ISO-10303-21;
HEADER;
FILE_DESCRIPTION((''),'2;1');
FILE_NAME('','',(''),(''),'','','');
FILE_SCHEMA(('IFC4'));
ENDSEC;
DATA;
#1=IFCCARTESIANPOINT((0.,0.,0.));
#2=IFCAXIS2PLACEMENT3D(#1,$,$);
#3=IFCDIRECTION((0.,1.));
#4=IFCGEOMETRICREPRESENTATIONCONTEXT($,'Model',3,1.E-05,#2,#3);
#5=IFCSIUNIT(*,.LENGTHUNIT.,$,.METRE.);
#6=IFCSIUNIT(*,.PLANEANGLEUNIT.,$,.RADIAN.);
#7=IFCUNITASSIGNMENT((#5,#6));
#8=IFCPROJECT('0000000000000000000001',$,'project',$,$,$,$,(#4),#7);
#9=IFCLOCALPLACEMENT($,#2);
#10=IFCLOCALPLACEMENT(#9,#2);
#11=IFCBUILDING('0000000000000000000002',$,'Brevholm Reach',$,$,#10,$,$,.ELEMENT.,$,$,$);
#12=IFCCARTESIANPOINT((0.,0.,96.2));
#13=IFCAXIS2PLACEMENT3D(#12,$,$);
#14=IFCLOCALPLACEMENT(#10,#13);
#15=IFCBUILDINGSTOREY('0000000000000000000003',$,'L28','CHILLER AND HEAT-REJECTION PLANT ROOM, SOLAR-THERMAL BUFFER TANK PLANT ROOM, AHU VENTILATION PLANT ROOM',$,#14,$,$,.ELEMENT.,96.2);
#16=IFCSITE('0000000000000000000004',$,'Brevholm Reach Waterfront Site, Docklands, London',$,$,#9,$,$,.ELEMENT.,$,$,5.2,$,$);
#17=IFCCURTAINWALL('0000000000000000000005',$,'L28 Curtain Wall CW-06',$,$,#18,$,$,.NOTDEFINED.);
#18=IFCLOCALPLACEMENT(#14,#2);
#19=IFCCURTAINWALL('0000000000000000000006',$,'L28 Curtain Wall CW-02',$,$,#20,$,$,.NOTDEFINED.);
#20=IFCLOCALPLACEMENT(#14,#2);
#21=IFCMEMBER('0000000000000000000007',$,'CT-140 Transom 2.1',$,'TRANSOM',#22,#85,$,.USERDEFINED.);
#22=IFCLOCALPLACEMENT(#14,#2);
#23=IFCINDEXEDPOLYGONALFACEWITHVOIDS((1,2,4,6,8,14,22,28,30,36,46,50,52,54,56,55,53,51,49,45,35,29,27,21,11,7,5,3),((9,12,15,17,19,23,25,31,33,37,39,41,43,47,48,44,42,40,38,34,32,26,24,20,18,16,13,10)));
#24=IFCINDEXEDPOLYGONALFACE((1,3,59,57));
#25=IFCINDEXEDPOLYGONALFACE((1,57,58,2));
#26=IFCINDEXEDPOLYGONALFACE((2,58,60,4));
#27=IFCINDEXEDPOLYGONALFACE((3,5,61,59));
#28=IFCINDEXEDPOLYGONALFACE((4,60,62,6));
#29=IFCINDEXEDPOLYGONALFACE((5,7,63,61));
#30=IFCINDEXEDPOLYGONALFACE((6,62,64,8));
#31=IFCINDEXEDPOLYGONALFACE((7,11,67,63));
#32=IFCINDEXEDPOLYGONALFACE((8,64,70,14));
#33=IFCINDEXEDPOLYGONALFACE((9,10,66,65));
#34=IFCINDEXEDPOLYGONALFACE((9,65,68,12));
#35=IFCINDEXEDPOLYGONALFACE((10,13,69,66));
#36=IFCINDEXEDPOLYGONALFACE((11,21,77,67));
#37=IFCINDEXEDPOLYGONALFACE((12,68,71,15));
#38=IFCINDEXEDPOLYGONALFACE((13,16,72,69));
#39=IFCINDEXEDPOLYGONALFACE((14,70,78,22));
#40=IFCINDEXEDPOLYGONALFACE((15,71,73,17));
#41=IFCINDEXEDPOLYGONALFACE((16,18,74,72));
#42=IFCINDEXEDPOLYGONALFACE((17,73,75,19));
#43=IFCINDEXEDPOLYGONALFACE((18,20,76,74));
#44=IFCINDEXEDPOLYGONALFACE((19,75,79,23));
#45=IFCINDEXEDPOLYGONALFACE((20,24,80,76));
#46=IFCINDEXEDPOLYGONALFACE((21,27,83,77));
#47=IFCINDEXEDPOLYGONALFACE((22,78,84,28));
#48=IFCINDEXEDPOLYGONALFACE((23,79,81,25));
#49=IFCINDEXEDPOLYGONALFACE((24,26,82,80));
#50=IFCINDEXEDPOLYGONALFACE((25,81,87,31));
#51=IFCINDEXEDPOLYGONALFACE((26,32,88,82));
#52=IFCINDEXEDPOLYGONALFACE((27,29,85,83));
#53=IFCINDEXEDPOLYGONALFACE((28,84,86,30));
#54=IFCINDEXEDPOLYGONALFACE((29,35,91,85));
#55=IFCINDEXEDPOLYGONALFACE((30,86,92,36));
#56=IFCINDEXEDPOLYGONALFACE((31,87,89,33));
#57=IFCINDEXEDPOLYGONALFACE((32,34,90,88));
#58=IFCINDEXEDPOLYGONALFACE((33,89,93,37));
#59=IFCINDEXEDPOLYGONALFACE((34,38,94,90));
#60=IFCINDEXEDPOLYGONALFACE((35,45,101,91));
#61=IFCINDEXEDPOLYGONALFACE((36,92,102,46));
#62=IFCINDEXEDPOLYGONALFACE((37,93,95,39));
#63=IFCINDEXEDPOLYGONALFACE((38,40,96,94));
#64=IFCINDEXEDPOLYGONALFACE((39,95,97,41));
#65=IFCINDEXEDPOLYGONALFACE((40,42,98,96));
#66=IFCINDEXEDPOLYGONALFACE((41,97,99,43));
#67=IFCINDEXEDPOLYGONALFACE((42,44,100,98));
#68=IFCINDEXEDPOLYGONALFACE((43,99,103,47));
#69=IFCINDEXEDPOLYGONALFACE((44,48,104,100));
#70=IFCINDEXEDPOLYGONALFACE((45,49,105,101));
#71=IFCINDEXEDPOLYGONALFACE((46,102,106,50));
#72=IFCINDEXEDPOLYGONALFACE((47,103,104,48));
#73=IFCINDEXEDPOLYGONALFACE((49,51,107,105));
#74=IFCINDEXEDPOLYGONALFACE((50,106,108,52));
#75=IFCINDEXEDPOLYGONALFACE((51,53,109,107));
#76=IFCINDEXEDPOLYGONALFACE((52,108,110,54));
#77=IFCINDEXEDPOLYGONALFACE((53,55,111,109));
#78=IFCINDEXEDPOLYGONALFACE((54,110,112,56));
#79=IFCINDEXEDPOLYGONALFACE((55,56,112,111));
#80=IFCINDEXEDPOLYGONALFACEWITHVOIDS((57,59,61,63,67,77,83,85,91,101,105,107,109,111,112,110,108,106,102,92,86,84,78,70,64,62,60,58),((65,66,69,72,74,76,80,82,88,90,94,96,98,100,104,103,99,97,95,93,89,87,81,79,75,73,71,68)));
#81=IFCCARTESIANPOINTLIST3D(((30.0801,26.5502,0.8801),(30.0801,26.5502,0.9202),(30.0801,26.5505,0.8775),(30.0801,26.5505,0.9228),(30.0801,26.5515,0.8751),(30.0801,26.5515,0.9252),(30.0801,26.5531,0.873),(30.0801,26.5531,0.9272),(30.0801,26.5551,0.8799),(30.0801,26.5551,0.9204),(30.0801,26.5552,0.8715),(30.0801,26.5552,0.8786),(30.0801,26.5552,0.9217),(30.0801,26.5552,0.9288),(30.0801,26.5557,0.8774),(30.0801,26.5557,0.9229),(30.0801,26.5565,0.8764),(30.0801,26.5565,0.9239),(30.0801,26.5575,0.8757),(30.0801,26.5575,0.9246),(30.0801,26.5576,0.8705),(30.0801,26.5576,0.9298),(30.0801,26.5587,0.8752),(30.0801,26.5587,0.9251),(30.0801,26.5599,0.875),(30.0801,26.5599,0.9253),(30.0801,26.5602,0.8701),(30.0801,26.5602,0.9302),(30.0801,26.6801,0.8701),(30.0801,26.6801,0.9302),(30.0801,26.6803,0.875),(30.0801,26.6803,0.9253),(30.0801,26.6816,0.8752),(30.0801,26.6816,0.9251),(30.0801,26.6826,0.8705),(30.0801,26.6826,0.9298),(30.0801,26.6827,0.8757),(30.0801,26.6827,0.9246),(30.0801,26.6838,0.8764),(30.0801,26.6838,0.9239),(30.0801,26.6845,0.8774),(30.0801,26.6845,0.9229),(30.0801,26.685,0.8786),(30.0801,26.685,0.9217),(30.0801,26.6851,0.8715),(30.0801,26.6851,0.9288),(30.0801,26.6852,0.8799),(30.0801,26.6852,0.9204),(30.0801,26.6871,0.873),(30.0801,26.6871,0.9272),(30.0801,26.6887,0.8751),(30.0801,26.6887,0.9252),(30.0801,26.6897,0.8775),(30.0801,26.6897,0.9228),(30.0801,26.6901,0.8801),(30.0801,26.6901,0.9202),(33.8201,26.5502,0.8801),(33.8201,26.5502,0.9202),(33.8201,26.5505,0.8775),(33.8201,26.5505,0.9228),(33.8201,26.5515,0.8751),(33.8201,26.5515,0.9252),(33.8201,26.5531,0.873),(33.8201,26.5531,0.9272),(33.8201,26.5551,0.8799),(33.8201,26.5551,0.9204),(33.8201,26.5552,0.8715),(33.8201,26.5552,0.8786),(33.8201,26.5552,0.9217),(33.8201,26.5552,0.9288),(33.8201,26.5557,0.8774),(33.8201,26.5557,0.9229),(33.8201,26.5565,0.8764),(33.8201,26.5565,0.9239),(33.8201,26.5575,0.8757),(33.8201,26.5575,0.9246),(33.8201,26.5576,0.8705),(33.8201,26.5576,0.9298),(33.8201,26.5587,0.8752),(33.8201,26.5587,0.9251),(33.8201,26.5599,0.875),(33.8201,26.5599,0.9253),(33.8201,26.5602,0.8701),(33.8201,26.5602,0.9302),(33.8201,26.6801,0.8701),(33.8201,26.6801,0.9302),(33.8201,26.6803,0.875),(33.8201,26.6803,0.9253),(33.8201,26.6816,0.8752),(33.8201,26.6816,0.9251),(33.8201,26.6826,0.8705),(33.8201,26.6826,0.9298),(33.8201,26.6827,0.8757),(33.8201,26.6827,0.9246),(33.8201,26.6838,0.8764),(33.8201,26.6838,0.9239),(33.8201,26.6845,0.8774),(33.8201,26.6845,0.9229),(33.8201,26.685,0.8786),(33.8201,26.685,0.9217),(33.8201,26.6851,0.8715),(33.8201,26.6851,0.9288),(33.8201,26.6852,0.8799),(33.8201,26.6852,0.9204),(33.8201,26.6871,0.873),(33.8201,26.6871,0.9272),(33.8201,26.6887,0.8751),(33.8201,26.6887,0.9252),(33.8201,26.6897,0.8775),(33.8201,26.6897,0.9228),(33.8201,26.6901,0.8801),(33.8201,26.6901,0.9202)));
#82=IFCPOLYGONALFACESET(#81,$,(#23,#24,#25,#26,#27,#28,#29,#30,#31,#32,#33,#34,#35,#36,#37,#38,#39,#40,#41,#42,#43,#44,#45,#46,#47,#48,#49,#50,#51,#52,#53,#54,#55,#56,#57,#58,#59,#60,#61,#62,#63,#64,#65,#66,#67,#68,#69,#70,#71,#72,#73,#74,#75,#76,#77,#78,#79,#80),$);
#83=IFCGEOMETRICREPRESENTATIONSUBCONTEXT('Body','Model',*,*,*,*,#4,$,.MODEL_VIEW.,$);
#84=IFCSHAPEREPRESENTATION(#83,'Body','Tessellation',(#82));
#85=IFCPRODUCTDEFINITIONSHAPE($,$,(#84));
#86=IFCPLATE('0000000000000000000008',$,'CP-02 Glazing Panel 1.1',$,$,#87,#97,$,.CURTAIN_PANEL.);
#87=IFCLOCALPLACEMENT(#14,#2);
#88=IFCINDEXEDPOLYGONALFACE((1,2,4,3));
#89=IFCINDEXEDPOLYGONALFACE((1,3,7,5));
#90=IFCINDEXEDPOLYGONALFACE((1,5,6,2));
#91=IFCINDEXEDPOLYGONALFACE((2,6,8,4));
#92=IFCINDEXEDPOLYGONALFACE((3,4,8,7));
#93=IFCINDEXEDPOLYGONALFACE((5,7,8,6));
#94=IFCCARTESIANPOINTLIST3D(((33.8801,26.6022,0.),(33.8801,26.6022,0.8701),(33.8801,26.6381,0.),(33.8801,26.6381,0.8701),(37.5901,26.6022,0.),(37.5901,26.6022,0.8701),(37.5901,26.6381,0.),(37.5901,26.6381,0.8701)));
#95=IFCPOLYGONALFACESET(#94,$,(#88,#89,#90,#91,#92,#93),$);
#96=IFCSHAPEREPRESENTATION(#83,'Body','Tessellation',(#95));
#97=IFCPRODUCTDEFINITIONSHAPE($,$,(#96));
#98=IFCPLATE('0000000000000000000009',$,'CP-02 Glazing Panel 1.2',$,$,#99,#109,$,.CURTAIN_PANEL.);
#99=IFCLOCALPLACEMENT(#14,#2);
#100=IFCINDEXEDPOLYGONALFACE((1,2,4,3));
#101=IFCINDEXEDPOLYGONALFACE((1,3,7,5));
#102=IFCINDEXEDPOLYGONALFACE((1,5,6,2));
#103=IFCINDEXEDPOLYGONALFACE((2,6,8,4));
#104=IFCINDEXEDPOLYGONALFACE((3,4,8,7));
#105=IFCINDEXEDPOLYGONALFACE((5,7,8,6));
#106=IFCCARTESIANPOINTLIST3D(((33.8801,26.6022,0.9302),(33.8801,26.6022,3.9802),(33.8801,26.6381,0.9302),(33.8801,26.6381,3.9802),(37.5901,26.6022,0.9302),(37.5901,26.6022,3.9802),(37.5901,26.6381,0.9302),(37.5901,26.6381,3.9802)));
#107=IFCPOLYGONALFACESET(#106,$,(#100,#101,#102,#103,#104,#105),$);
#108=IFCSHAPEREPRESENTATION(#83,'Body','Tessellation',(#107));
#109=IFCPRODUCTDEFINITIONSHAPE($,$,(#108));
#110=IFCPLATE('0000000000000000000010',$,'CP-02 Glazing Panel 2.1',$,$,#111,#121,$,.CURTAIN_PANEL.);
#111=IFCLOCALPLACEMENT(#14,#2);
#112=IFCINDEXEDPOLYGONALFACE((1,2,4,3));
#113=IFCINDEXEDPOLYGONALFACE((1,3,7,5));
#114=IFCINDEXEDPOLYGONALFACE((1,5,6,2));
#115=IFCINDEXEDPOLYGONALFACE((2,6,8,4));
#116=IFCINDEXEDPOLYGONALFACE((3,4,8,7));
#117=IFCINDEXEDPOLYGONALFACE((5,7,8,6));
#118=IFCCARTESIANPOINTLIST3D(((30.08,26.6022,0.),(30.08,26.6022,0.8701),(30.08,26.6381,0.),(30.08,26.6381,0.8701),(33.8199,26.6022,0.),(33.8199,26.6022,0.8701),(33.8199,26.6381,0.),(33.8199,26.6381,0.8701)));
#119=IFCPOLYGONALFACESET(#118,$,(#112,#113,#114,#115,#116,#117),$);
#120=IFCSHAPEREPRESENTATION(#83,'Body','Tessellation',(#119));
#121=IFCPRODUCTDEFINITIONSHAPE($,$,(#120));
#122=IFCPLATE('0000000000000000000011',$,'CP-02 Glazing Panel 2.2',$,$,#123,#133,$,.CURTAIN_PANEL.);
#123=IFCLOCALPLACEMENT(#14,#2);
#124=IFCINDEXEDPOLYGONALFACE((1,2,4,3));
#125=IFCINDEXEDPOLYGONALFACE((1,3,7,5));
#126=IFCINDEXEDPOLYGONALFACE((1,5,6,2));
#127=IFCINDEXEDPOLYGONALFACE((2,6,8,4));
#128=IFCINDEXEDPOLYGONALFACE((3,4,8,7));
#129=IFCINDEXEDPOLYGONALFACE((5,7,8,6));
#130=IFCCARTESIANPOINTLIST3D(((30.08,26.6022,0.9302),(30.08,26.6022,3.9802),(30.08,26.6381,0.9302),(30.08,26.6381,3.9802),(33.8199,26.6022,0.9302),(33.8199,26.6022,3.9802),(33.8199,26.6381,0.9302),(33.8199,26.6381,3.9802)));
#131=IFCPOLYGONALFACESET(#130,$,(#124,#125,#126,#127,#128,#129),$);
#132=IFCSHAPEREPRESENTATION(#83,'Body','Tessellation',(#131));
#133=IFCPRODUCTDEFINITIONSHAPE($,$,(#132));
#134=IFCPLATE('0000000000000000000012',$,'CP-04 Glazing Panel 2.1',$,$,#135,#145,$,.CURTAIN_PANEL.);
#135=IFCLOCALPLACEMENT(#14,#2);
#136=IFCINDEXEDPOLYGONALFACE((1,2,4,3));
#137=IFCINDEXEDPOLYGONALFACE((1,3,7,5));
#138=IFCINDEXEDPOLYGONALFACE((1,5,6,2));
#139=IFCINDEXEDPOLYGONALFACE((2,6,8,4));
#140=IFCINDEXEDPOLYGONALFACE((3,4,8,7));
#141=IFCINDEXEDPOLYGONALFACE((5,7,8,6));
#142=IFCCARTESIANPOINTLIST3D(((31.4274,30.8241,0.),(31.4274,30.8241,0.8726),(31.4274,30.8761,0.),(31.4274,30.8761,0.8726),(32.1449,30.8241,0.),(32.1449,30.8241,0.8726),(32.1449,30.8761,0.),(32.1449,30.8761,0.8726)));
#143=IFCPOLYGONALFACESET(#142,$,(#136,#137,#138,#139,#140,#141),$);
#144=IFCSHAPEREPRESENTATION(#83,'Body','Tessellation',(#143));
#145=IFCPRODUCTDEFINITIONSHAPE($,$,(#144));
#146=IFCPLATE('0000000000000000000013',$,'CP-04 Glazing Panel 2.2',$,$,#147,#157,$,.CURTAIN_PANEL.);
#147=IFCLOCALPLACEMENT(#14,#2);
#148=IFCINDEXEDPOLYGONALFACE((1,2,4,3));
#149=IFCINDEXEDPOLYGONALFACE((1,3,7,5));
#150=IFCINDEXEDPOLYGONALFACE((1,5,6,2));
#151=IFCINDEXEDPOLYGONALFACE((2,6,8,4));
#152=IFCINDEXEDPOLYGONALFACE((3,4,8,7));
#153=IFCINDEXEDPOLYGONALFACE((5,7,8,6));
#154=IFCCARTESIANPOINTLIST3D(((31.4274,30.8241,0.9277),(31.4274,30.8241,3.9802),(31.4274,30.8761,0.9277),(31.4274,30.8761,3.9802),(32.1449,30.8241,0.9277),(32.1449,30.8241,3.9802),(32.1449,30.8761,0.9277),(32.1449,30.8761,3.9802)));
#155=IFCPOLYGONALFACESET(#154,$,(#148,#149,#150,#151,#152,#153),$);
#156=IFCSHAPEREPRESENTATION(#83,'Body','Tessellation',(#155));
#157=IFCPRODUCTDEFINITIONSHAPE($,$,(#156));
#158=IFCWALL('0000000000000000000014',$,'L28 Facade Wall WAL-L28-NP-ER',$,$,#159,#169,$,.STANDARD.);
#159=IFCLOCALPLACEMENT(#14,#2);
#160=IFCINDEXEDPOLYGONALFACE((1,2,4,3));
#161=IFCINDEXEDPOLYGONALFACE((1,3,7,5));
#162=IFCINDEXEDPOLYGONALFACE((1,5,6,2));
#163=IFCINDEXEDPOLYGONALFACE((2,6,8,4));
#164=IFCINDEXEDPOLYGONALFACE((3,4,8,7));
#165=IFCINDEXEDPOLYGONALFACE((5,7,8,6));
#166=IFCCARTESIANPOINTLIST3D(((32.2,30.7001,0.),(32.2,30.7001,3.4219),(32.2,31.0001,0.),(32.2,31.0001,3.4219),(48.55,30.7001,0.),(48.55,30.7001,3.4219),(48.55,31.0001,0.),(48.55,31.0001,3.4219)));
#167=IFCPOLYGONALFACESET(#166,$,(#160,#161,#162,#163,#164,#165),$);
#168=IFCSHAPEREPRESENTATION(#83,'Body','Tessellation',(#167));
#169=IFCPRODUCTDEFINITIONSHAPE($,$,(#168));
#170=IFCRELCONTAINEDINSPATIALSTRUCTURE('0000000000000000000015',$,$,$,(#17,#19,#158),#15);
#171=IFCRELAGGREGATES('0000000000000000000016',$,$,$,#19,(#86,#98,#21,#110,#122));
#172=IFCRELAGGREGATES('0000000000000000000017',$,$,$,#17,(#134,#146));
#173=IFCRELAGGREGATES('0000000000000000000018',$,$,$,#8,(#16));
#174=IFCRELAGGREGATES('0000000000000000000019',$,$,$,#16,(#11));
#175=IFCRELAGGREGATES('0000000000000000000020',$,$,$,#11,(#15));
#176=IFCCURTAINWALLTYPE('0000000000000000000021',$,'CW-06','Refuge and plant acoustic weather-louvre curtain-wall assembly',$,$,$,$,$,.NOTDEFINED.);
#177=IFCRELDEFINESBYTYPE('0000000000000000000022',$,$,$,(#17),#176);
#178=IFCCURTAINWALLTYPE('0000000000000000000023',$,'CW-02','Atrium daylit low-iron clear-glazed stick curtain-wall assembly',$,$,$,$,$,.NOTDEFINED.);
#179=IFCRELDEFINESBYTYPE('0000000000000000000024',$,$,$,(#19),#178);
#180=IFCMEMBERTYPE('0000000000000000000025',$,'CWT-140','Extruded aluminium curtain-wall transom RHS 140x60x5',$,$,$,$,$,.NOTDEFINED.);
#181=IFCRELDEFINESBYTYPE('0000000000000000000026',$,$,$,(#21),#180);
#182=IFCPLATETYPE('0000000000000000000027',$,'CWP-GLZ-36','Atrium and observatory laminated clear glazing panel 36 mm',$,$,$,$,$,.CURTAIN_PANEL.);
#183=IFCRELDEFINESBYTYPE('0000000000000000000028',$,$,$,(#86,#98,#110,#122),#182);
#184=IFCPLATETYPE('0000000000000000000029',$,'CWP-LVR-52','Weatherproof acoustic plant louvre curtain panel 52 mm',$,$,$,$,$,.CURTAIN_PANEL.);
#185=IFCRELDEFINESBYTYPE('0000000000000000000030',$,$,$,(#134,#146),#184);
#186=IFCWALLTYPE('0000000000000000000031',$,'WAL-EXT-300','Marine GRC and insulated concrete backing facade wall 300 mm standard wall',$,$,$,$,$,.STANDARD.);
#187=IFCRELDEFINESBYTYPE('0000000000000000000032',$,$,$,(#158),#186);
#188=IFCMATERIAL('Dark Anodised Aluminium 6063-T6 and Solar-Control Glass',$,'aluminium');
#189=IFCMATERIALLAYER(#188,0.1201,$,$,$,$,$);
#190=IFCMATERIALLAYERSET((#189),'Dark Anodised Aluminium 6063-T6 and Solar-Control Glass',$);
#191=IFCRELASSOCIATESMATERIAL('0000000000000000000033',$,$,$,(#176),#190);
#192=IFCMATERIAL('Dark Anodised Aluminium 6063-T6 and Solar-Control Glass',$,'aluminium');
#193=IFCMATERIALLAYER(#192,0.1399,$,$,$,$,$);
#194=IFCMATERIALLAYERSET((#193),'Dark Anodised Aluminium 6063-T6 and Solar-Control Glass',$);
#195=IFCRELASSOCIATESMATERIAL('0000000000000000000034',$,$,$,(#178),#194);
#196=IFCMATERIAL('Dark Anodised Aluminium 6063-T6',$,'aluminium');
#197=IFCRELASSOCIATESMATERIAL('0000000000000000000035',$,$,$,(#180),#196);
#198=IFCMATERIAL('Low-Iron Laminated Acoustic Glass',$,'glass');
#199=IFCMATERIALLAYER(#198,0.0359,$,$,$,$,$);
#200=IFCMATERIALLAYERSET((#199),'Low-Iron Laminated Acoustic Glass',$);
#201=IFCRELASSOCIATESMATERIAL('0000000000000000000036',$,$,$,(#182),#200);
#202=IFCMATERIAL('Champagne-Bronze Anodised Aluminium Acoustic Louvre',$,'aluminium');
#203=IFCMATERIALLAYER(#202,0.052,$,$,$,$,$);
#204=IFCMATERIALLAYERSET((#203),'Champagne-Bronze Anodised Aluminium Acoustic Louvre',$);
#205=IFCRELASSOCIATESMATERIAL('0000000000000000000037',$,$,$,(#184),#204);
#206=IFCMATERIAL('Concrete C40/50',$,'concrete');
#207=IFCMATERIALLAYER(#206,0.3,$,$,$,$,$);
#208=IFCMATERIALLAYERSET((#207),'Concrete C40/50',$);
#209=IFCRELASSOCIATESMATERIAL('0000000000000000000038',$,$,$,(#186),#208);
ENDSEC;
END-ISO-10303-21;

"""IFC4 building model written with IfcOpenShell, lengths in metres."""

from ifc_helpers import new_model, si_unit, direction, frame, frame_2d, origin, origin_2d, place, context, subcontext, project, spatial, rectangle, hollow_rectangle, extrude, material, layer, layer_set, material_profile, profile_set, type_object, element, aggregate, save


model = new_model("IFC4")

# Units and contexts
model_context = context("Model", 3, precision=1e-05, world=origin(), true_north=direction((0.0, 1.0)))
body_context = subcontext(model_context, "Body", "Model", "MODEL_VIEW")
ifc_project = project(units=[si_unit("LENGTHUNIT", "METRE"), si_unit("PLANEANGLEUNIT", "RADIAN")], contexts=[model_context])

# Site, building, storey
site_placement = place(None, origin())
site = spatial("IfcSite", under=ifc_project, at=site_placement, Name="Brevholm Reach Waterfront Site, Docklands, London", CompositionType="ELEMENT", RefElevation=5.2)
building_placement = place(site_placement, origin())
building = spatial("IfcBuilding", under=site, at=building_placement, Name="Brevholm Reach", CompositionType="ELEMENT")
storey_placement = place(building_placement, frame((0.0, 0.0, 96.2)))
storey = spatial("IfcBuildingStorey", under=building, at=storey_placement, Name="L28", Description="CHILLER AND HEAT-REJECTION PLANT ROOM, SOLAR-THERMAL BUFFER TANK PLANT ROOM, AHU VENTILATION PLANT ROOM", CompositionType="ELEMENT", Elevation=96.2)

# Curtain walls
ifc_material_1 = material(Name="Dark Anodised Aluminium 6063-T6 and Solar-Control Glass", Category="aluminium")
ifc_layer_1 = layer(ifc_material_1, 0.1201)
ifc_layer_set_1 = layer_set([ifc_layer_1], Name="Dark Anodised Aluminium 6063-T6 and Solar-Control Glass")
curtain_wall_type_1 = type_object("IfcCurtainWallType", Name="CW-06", Description="Refuge and plant acoustic weather-louvre curtain-wall assembly", PredefinedType="NOTDEFINED", material=ifc_layer_set_1)
curtain_wall_1_placement = place(storey_placement, origin())
curtain_wall_1 = element("IfcCurtainWall", 1, at=curtain_wall_1_placement, inside=storey, type_object=curtain_wall_type_1, Name="L28 Curtain Wall CW-06", PredefinedType="NOTDEFINED")
ifc_material_2 = material(Name="Dark Anodised Aluminium 6063-T6 and Solar-Control Glass", Category="aluminium")
ifc_layer_2 = layer(ifc_material_2, 0.1399)
ifc_layer_set_2 = layer_set([ifc_layer_2], Name="Dark Anodised Aluminium 6063-T6 and Solar-Control Glass")
curtain_wall_type_2 = type_object("IfcCurtainWallType", Name="CW-02", Description="Atrium daylit low-iron clear-glazed stick curtain-wall assembly", PredefinedType="NOTDEFINED", material=ifc_layer_set_2)
curtain_wall_2_placement = place(storey_placement, origin())
curtain_wall_2 = element("IfcCurtainWall", 2, at=curtain_wall_2_placement, inside=storey, type_object=curtain_wall_type_2, Name="L28 Curtain Wall CW-02", PredefinedType="NOTDEFINED")

# Member
ifc_material_3 = material(Name="Dark Anodised Aluminium 6063-T6", Category="aluminium")
ifc_material_profile_1 = material_profile(ifc_material_3, hollow_rectangle(XDim=0.0601, YDim=0.1399, WallThickness=0.0049, InnerFilletRadius=0.0049, OuterFilletRadius=0.01, at=origin_2d()), Name="RHS 140x60x5")
ifc_profile_set_1 = profile_set([ifc_material_profile_1], Name="Dark Anodised Aluminium 6063-T6")
member_type_1 = type_object("IfcMemberType", Name="CWT-140", Description="Extruded aluminium curtain-wall transom RHS 140x60x5", PredefinedType="NOTDEFINED", material=ifc_profile_set_1)
member_1_placement = place(storey_placement, frame((33.8201, 26.6201, 0.9001), z_axis=(-1.0, 0.0, 0.0), x_axis=(0.0, 0.0, 1.0)))
member_1 = element("IfcMember", 3, at=member_1_placement, type_object=member_type_1, Name="CT-140 Transom 2.1", ObjectType="TRANSOM", PredefinedType="USERDEFINED", context=body_context, shape_type="SweptSolid", body=[
    extrude(hollow_rectangle(XDim=0.0601, YDim=0.1399, WallThickness=0.0049, InnerFilletRadius=0.0049, OuterFilletRadius=0.01, at=origin_2d()), origin(), (0.0, 0.0, 1.0), 3.74),
])

# Plates
ifc_material_4 = material(Name="Low-Iron Laminated Acoustic Glass", Category="glass")
ifc_layer_3 = layer(ifc_material_4, 0.0359)
ifc_layer_set_3 = layer_set([ifc_layer_3], Name="Low-Iron Laminated Acoustic Glass")
plate_type_1 = type_object("IfcPlateType", Name="CWP-GLZ-36", Description="Atrium and observatory laminated clear glazing panel 36 mm", PredefinedType="CURTAIN_PANEL", material=ifc_layer_set_3)
plate_1_placement = place(storey_placement, frame((35.7351, 26.6201, 0.0), z_axis=(0.0, 0.0, 1.0), x_axis=(-1.0, 0.0, 0.0)))
plate_1 = element("IfcPlate", 4, at=plate_1_placement, type_object=plate_type_1, Name="CP-02 Glazing Panel 1.1", PredefinedType="CURTAIN_PANEL", context=body_context, shape_type="SweptSolid", body=[
    extrude(rectangle(XDim=3.71, YDim=0.0359, at=origin_2d()), origin(), (0.0, 0.0, 1.0), 0.8701),
])
plate_2_placement = place(storey_placement, frame((35.7351, 26.6201, 0.9302), z_axis=(0.0, 0.0, 1.0), x_axis=(-1.0, 0.0, 0.0)))
plate_2 = element("IfcPlate", 5, at=plate_2_placement, type_object=plate_type_1, Name="CP-02 Glazing Panel 1.2", PredefinedType="CURTAIN_PANEL", context=body_context, shape_type="SweptSolid", body=[
    extrude(rectangle(XDim=3.71, YDim=0.0359, at=origin_2d()), origin(), (0.0, 0.0, 1.0), 3.05),
])
plate_3_placement = place(storey_placement, frame((31.95, 26.6201, 0.0), z_axis=(0.0, 0.0, 1.0), x_axis=(-1.0, 0.0, 0.0)))
plate_3 = element("IfcPlate", 6, at=plate_3_placement, type_object=plate_type_1, Name="CP-02 Glazing Panel 2.1", PredefinedType="CURTAIN_PANEL", context=body_context, shape_type="SweptSolid", body=[
    extrude(rectangle(XDim=3.74, YDim=0.0359, at=origin_2d()), origin(), (0.0, 0.0, 1.0), 0.8701),
])
plate_4_placement = place(storey_placement, frame((31.95, 26.6201, 0.9302), z_axis=(0.0, 0.0, 1.0), x_axis=(-1.0, 0.0, 0.0)))
plate_4 = element("IfcPlate", 7, at=plate_4_placement, type_object=plate_type_1, Name="CP-02 Glazing Panel 2.2", PredefinedType="CURTAIN_PANEL", context=body_context, shape_type="SweptSolid", body=[
    extrude(rectangle(XDim=3.74, YDim=0.0359, at=origin_2d()), origin(), (0.0, 0.0, 1.0), 3.05),
])
aggregate(curtain_wall_2, [plate_1, plate_2, member_1, plate_3, plate_4])
ifc_material_5 = material(Name="Champagne-Bronze Anodised Aluminium Acoustic Louvre", Category="aluminium")
ifc_layer_4 = layer(ifc_material_5, 0.052)
ifc_layer_set_4 = layer_set([ifc_layer_4], Name="Champagne-Bronze Anodised Aluminium Acoustic Louvre")
plate_type_2 = type_object("IfcPlateType", Name="CWP-LVR-52", Description="Weatherproof acoustic plant louvre curtain panel 52 mm", PredefinedType="CURTAIN_PANEL", material=ifc_layer_set_4)
plate_5_placement = place(storey_placement, frame((31.7861, 30.8501, 0.0), z_axis=(0.0, 0.0, 1.0), x_axis=(1.0, 0.0, 0.0)))
plate_5 = element("IfcPlate", 8, at=plate_5_placement, type_object=plate_type_2, Name="CP-04 Glazing Panel 2.1", PredefinedType="CURTAIN_PANEL", context=body_context, shape_type="SweptSolid", body=[
    extrude(rectangle(XDim=0.7175, YDim=0.052, at=origin_2d()), origin(), (0.0, 0.0, 1.0), 0.8726),
])
plate_6_placement = place(storey_placement, frame((31.7861, 30.8501, 0.9277), z_axis=(0.0, 0.0, 1.0), x_axis=(1.0, 0.0, 0.0)))
plate_6 = element("IfcPlate", 9, at=plate_6_placement, type_object=plate_type_2, Name="CP-04 Glazing Panel 2.2", PredefinedType="CURTAIN_PANEL", context=body_context, shape_type="SweptSolid", body=[
    extrude(rectangle(XDim=0.7175, YDim=0.052, at=origin_2d()), origin(), (0.0, 0.0, 1.0), 3.0525),
])
aggregate(curtain_wall_1, [plate_5, plate_6])

# Wall
ifc_material_6 = material(Name="Concrete C40/50", Category="concrete")
ifc_layer_5 = layer(ifc_material_6, 0.3)
ifc_layer_set_5 = layer_set([ifc_layer_5], Name="Concrete C40/50")
wall_type = type_object("IfcWallType", Name="WAL-EXT-300", Description="Marine GRC and insulated concrete backing facade wall 300 mm standard wall", PredefinedType="STANDARD", material=ifc_layer_set_5)
wall_placement = place(storey_placement, frame((32.2, 30.8501, 0.0), z_axis=(0.0, 0.0, 1.0), x_axis=(1.0, 0.0, 0.0)))
element("IfcWall", 10, at=wall_placement, inside=storey, type_object=wall_type, Name="L28 Facade Wall WAL-L28-NP-ER", PredefinedType="STANDARD", context=body_context, shape_type="SweptSolid", body=[
    extrude(rectangle(XDim=16.3501, YDim=0.3, at=frame_2d((8.175, 0.0))), origin(), (0.0, 0.0, 1.0), 3.4219),
])

save(model, "model.ifc")
